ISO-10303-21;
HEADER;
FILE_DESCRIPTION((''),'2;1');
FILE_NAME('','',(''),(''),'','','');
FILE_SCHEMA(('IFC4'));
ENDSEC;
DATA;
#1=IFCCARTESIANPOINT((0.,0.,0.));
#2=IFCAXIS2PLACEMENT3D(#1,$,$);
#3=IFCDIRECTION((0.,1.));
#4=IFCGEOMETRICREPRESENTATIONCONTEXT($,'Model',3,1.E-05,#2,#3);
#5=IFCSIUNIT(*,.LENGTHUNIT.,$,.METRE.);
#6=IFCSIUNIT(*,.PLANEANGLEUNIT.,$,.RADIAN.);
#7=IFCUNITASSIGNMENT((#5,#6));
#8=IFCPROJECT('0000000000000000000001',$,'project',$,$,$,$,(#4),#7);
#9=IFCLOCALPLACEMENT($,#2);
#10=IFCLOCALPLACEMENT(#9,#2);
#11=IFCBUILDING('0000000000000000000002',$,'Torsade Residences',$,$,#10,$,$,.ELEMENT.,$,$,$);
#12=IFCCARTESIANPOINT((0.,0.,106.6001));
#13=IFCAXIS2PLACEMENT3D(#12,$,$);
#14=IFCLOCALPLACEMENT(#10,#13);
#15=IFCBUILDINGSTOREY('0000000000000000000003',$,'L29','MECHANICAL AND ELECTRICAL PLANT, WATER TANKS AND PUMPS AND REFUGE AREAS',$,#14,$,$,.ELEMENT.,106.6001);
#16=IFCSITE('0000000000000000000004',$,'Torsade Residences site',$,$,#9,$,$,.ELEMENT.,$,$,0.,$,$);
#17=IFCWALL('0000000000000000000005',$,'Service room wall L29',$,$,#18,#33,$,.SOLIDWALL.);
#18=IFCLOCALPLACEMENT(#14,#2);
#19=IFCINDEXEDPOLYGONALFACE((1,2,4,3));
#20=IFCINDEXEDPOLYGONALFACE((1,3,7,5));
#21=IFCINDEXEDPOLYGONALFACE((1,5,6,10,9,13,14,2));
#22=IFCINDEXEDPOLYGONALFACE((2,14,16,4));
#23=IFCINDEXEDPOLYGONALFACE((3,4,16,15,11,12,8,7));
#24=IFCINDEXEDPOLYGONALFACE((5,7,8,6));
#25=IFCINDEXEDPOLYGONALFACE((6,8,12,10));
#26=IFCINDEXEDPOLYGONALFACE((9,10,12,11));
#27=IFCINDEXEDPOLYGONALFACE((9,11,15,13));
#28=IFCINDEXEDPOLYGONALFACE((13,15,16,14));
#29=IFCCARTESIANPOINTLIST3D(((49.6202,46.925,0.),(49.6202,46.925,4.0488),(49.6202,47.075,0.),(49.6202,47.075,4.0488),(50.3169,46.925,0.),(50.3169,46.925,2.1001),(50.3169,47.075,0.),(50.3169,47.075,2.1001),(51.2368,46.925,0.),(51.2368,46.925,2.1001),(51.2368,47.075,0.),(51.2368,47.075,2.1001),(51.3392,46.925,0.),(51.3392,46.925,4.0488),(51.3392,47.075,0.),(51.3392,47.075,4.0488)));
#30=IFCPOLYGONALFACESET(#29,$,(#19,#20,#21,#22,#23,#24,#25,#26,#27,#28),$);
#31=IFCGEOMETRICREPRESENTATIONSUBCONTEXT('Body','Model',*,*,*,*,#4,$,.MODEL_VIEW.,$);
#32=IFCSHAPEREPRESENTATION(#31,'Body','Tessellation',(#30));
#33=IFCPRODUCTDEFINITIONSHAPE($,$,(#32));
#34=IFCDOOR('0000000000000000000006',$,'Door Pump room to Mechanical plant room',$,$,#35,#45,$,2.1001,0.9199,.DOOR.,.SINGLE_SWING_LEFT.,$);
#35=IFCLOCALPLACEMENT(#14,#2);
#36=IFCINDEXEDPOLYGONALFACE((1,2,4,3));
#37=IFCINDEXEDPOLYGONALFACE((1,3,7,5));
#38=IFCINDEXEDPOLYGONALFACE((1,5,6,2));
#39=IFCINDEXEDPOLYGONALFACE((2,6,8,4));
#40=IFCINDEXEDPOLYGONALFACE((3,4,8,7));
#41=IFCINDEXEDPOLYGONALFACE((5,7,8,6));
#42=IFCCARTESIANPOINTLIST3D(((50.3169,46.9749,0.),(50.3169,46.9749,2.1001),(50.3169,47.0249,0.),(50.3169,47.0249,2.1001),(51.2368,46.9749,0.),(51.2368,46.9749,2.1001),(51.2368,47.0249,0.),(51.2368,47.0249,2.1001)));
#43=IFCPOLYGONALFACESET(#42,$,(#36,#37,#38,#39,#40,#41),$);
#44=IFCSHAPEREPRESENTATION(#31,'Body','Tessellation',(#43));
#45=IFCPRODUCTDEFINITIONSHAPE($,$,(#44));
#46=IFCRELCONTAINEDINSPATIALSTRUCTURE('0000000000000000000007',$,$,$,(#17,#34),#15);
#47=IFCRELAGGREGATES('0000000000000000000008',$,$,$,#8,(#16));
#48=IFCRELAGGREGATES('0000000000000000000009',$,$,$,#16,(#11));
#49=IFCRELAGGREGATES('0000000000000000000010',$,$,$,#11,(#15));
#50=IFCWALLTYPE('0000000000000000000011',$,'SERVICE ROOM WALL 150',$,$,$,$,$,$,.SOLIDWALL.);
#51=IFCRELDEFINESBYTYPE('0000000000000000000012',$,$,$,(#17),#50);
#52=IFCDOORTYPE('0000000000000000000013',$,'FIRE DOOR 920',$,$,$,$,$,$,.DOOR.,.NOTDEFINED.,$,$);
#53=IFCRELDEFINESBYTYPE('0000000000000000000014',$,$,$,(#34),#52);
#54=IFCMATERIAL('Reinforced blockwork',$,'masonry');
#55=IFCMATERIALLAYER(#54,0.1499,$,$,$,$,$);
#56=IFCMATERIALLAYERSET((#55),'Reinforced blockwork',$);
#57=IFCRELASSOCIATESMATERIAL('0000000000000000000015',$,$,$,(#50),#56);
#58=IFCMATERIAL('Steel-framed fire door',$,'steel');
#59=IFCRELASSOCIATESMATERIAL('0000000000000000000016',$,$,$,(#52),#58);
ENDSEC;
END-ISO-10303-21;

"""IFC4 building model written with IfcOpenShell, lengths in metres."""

from ifc_helpers import new_model, si_unit, direction, frame, frame_2d, origin, place, context, subcontext, project, spatial, rectangle, extrude, material, layer, layer_set, type_object, element, fill, save


model = new_model("IFC4")

# Units and contexts
model_context = context("Model", 3, precision=1e-05, world=origin(), true_north=direction((0.0, 1.0)))
body_context = subcontext(model_context, "Body", "Model", "MODEL_VIEW")
ifc_project = project(units=[si_unit("LENGTHUNIT", "METRE"), si_unit("PLANEANGLEUNIT", "RADIAN")], contexts=[model_context])

# Site, building, storey
site_placement = place(None, origin())
site = spatial("IfcSite", under=ifc_project, at=site_placement, Name="Torsade Residences site", CompositionType="ELEMENT", RefElevation=0.0)
building_placement = place(site_placement, origin())
building = spatial("IfcBuilding", under=site, at=building_placement, Name="Torsade Residences", CompositionType="ELEMENT")
storey_placement = place(building_placement, frame((0.0, 0.0, 106.6001)))
storey = spatial("IfcBuildingStorey", under=building, at=storey_placement, Name="L29", Description="MECHANICAL AND ELECTRICAL PLANT, WATER TANKS AND PUMPS AND REFUGE AREAS", CompositionType="ELEMENT", Elevation=106.6001)

# Shared definitions
ifc_material_1 = material(Name="Reinforced blockwork", Category="masonry")
ifc_layer_1 = layer(ifc_material_1, 0.1499)
ifc_layer_set_1 = layer_set([ifc_layer_1], Name="Reinforced blockwork")
wall_type_1 = type_object("IfcWallType", Name="SERVICE ROOM WALL 150", PredefinedType="SOLIDWALL", material=ifc_layer_set_1)

# Wall, opening, door
wall_1_placement = place(storey_placement, frame((49.6204, 47.0, 0.0), z_axis=(0.0, 0.0, 1.0), x_axis=(1.0, 0.0, 0.0)))
wall_1 = element("IfcWall", 1, at=wall_1_placement, inside=storey, type_object=wall_type_1, Name="Service room wall L29", PredefinedType="SOLIDWALL", context=body_context, shape_type="SweptSolid", body=[
    extrude(rectangle(XDim=1.719, YDim=0.1499, at=frame_2d((0.8594, 0.0))), origin(), (0.0, 0.0, 1.0), 4.0488),
])
opening_placement = place(wall_1_placement, frame((0.6965, 0.0, 0.0)))
opening = element("IfcOpeningElement", 2, at=opening_placement, cuts=wall_1, PredefinedType="OPENING", context=body_context, shape_type="SweptSolid", body=[
    extrude(rectangle(XDim=0.9199, YDim=2.1001, at=frame_2d((0.46, 1.05))), frame((0.0, 0.085, 0.0), z_axis=(0.0, -1.0, 0.0), x_axis=(1.0, 0.0, 0.0)), (0.0, 0.0, 1.0), 0.1699),
])
ifc_material_2 = material(Name="Steel-framed fire door", Category="steel")
door_type = type_object("IfcDoorType", Name="FIRE DOOR 920", OperationType="NOTDEFINED", PredefinedType="DOOR", material=ifc_material_2)
door_placement = place(opening_placement, origin())
door = element("IfcDoor", 3, at=door_placement, inside=storey, type_object=door_type, Name="Door Pump room to Mechanical plant room", OperationType="SINGLE_SWING_LEFT", OverallHeight=2.1001, OverallWidth=0.9199, PredefinedType="DOOR", context=body_context, shape_type="SweptSolid", body=[
    extrude(rectangle(XDim=0.9199, YDim=2.1001, at=frame_2d((0.46, 1.05))), frame((0.0, 0.0249, 0.0), z_axis=(0.0, -1.0, 0.0), x_axis=(1.0, 0.0, 0.0)), (0.0, 0.0, 1.0), 0.05),
])
fill(opening, door)

save(model, "model.ifc")
